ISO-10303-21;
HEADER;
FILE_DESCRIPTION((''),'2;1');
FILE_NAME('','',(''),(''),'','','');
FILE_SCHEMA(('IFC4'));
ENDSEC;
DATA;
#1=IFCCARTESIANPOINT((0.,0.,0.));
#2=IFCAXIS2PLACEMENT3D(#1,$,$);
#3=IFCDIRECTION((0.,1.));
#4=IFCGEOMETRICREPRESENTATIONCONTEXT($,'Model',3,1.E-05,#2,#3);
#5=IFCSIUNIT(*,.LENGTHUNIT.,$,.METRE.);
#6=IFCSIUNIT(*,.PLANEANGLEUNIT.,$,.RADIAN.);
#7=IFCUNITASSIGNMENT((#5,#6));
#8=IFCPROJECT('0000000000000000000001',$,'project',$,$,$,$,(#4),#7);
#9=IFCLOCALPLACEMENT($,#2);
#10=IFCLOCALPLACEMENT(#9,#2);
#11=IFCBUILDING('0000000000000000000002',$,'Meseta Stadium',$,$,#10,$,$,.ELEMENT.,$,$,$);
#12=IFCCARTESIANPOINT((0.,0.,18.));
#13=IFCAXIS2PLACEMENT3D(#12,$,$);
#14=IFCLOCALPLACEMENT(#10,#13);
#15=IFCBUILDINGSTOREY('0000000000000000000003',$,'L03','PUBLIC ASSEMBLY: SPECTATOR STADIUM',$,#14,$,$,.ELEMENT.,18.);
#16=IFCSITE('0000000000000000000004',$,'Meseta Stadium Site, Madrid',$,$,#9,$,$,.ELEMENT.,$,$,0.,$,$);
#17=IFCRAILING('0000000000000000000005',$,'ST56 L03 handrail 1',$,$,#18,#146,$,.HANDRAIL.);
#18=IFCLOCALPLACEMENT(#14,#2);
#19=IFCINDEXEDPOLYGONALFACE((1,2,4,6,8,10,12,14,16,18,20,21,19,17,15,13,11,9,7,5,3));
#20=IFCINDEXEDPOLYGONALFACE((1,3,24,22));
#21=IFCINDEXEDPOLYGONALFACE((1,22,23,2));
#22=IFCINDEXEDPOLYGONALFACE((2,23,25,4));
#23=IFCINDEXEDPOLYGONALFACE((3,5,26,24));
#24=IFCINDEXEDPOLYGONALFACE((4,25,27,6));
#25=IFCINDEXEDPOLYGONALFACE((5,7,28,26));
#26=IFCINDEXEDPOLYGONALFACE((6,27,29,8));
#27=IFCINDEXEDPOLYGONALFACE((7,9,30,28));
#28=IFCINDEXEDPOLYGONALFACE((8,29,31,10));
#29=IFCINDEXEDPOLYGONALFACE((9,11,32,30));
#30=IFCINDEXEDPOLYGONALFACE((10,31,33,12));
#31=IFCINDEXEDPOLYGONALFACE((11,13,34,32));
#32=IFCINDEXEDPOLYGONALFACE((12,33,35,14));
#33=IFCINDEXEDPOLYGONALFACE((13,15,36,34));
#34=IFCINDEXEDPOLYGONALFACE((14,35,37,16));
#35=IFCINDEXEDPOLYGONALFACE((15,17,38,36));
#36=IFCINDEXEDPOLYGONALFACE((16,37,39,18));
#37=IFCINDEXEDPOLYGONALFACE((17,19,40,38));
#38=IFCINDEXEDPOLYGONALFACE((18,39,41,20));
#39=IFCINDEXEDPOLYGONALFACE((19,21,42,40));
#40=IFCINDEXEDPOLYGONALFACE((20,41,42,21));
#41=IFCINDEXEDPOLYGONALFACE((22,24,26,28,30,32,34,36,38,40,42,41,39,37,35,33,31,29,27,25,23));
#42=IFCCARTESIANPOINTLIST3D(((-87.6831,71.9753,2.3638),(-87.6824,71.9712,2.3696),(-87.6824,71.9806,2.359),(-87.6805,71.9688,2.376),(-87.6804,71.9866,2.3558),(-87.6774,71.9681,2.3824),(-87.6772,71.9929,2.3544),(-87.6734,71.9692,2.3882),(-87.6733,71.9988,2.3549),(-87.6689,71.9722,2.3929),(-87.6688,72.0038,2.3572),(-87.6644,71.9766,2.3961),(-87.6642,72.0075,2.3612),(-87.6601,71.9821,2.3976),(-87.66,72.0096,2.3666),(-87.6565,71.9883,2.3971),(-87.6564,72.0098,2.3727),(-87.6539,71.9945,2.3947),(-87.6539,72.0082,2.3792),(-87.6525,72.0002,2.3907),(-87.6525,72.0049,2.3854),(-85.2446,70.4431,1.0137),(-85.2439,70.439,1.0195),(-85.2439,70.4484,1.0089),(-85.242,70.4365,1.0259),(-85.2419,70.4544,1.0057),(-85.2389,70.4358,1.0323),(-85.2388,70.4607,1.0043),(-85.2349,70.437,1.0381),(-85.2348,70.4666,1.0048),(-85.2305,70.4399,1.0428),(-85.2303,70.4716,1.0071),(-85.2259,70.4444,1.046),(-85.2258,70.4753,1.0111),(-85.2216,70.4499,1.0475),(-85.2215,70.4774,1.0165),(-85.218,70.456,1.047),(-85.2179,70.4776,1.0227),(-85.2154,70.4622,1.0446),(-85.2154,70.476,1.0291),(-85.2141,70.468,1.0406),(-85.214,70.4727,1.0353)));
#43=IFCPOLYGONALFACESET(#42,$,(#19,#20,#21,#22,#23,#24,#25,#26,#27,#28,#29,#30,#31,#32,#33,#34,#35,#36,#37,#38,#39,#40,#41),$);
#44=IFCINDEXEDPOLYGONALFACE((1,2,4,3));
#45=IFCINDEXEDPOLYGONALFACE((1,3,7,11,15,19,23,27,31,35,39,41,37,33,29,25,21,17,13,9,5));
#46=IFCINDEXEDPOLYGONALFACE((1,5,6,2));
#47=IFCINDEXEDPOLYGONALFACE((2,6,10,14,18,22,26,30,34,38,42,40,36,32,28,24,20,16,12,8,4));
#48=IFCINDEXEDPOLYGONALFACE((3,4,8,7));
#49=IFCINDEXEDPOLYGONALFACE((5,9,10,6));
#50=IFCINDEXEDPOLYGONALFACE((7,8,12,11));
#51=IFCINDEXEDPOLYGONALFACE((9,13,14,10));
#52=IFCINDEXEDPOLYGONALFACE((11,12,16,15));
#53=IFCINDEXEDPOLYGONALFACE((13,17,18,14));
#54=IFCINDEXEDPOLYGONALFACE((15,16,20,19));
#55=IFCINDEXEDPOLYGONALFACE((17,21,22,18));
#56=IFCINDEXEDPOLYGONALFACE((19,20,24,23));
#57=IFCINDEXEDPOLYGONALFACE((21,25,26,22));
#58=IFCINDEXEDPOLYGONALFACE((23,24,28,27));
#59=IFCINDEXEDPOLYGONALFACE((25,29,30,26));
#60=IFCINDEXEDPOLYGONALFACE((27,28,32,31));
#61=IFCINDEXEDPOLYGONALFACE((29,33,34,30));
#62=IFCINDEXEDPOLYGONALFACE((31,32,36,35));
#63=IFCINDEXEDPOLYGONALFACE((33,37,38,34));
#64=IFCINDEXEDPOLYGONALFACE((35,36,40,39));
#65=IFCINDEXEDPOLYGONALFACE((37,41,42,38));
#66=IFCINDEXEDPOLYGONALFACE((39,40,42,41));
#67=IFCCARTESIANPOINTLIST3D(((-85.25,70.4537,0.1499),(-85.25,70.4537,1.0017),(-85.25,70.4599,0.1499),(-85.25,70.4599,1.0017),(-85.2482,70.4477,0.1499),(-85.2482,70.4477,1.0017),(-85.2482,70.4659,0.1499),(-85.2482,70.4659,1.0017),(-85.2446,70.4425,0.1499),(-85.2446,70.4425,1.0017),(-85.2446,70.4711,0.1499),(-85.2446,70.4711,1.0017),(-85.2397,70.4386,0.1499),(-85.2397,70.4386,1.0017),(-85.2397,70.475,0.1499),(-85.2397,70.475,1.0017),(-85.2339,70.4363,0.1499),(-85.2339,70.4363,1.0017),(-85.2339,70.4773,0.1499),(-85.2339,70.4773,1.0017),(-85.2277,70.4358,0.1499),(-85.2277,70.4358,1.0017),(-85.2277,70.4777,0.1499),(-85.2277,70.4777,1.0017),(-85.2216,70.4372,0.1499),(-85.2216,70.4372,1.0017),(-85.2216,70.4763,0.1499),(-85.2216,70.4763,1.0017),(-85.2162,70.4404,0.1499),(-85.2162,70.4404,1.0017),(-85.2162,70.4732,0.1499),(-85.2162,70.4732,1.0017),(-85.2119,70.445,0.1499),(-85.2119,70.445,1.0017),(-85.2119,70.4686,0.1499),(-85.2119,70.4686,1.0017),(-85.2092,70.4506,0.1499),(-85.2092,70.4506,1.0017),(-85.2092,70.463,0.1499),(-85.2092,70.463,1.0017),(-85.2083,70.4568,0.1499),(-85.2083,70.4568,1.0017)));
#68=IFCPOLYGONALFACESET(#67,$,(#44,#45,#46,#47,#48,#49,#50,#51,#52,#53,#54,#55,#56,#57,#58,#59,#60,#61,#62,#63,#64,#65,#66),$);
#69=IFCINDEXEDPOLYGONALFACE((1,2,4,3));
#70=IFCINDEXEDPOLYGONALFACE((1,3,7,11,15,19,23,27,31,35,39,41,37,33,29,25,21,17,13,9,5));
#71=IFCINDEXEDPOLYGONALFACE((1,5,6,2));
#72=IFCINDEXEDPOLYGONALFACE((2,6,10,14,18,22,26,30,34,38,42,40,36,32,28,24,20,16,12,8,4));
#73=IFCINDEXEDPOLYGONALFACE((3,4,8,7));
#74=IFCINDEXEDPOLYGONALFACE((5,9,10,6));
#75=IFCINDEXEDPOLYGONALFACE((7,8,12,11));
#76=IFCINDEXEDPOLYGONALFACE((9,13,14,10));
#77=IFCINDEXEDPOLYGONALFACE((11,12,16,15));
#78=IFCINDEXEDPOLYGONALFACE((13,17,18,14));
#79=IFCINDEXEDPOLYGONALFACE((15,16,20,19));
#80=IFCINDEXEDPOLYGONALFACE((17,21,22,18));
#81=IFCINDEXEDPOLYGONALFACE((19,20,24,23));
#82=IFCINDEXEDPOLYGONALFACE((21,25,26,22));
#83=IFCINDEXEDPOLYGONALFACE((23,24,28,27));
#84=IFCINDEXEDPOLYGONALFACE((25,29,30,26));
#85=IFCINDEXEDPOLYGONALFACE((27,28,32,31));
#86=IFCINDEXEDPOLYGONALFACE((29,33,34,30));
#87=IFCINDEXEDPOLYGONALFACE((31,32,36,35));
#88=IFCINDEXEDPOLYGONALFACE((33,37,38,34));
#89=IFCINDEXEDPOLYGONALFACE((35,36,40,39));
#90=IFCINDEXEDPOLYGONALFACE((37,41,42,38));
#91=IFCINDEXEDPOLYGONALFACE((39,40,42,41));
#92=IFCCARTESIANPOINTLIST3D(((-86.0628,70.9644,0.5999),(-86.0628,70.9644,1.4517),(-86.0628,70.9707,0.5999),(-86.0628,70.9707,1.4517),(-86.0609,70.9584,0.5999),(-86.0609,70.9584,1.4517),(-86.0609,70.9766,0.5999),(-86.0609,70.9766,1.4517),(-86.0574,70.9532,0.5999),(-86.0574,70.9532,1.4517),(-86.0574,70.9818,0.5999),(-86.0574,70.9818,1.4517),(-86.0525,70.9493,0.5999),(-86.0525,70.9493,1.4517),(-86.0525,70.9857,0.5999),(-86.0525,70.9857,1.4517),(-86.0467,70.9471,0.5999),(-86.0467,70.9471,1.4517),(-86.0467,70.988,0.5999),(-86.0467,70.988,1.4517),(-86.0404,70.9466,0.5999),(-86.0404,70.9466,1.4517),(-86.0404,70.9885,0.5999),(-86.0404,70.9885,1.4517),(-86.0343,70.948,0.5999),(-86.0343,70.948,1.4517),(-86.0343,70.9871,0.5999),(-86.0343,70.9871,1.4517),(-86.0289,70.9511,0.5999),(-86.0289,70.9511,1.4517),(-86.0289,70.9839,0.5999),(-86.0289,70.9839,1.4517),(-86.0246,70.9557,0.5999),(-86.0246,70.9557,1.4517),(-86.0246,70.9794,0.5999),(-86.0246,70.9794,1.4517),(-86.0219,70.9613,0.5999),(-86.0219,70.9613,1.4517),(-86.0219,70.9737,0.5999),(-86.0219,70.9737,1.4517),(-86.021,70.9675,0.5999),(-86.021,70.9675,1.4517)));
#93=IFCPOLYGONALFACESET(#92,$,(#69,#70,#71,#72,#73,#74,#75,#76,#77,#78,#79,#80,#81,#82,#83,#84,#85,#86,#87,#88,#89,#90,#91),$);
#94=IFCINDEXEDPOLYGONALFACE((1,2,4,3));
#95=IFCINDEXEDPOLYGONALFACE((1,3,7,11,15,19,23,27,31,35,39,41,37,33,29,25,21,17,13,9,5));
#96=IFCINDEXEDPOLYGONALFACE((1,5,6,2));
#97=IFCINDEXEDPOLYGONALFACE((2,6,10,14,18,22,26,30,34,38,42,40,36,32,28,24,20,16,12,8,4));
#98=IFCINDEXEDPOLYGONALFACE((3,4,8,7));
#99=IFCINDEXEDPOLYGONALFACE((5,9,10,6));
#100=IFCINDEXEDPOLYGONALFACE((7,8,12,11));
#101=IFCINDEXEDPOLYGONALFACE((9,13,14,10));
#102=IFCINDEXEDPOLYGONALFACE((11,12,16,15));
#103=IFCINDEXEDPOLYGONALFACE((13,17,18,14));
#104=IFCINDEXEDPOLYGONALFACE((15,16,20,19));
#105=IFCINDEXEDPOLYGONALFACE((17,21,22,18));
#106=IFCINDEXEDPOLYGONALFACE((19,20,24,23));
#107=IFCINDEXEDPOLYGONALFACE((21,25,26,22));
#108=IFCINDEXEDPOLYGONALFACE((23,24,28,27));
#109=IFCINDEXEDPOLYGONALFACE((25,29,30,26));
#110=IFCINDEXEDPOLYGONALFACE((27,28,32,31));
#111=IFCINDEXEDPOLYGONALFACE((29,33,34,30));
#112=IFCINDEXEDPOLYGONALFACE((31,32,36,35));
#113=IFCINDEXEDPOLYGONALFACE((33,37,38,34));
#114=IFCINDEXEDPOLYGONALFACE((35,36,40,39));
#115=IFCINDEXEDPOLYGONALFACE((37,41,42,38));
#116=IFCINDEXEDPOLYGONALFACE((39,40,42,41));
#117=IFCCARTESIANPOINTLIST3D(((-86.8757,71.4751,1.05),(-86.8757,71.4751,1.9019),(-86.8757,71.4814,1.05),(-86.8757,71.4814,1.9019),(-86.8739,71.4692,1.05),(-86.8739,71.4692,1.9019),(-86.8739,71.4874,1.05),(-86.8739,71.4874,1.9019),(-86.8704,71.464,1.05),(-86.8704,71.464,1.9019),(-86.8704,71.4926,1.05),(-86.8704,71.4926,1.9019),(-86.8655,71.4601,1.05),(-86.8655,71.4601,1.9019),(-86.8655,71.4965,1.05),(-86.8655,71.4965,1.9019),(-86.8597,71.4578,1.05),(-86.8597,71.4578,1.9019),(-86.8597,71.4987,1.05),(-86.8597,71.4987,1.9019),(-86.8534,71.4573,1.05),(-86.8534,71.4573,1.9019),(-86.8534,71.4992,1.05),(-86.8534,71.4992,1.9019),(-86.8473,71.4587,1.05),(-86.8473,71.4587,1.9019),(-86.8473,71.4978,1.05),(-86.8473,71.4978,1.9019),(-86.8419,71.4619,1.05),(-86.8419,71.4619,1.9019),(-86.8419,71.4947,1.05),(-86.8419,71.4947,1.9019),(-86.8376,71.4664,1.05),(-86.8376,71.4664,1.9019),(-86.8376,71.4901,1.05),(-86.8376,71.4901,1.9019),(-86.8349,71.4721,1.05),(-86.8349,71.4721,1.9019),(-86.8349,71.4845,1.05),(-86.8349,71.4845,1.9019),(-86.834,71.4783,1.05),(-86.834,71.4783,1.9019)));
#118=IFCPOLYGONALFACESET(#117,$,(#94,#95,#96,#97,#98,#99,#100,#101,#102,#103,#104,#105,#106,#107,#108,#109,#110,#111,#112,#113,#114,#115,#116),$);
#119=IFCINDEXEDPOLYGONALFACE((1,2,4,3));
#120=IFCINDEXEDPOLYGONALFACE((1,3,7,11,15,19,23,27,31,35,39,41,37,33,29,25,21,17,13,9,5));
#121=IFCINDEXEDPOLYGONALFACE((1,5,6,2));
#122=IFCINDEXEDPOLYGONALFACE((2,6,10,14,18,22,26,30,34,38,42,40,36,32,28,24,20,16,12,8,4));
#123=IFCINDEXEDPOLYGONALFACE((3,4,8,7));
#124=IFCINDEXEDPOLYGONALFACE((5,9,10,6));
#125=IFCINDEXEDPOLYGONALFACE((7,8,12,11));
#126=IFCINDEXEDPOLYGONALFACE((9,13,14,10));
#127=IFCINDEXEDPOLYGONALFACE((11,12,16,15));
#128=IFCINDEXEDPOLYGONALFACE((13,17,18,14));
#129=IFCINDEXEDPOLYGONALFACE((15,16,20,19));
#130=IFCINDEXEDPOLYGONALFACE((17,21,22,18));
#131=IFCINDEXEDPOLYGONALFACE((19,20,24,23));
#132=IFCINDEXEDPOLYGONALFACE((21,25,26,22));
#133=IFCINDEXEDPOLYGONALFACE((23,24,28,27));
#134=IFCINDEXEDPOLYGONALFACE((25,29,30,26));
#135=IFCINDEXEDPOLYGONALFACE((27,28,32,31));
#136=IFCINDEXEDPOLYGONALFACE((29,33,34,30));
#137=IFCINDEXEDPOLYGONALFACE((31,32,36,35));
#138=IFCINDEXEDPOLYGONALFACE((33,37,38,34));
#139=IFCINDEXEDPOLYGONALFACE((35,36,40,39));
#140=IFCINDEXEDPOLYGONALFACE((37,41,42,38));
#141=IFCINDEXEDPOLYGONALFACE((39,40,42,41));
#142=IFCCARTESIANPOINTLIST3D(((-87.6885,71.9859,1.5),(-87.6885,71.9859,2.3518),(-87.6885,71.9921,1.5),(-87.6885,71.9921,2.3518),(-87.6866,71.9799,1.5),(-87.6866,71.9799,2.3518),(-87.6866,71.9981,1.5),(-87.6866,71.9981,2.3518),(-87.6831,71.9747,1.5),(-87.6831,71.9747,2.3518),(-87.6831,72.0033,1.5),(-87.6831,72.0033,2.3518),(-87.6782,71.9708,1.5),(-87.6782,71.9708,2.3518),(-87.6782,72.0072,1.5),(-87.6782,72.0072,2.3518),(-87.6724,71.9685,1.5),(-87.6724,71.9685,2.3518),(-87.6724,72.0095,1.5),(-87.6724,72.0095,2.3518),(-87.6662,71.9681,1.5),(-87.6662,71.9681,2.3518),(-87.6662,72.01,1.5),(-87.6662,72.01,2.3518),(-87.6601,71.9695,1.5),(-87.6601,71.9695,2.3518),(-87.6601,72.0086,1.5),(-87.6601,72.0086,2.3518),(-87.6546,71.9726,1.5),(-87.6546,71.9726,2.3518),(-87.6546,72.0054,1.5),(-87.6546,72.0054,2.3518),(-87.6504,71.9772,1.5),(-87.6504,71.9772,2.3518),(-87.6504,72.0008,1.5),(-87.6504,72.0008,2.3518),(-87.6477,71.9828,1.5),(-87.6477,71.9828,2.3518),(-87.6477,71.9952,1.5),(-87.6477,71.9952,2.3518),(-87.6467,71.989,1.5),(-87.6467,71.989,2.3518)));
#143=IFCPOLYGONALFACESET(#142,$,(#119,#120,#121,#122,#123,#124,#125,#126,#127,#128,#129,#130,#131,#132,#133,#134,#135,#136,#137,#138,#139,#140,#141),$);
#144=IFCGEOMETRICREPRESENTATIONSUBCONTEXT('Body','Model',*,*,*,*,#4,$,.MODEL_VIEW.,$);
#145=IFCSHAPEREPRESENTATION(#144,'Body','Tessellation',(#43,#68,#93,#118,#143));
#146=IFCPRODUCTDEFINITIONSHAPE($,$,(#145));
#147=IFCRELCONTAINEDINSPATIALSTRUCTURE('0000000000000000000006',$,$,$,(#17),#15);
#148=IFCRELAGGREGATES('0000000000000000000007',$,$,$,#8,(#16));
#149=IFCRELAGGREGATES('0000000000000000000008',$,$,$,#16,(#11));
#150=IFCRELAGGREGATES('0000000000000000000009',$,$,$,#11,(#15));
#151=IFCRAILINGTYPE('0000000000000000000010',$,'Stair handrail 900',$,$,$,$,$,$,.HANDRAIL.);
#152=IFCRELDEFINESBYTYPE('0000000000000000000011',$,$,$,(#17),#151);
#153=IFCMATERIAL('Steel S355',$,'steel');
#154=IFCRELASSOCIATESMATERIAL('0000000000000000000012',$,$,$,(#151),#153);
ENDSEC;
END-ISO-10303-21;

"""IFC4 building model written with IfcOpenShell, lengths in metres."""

from ifc_helpers import new_model, si_unit, direction, frame, origin, origin_2d, place, context, subcontext, project, spatial, circle, extrude, material, type_object, element, save


model = new_model("IFC4")

# Units and contexts
model_context = context("Model", 3, precision=1e-05, world=origin(), true_north=direction((0.0, 1.0)))
body_context = subcontext(model_context, "Body", "Model", "MODEL_VIEW")
ifc_project = project(units=[si_unit("LENGTHUNIT", "METRE"), si_unit("PLANEANGLEUNIT", "RADIAN")], contexts=[model_context])

# Site, building, storey
site_placement = place(None, origin())
site = spatial("IfcSite", under=ifc_project, at=site_placement, Name="Meseta Stadium Site, Madrid", CompositionType="ELEMENT", RefElevation=0.0)
building_placement = place(site_placement, origin())
building = spatial("IfcBuilding", under=site, at=building_placement, Name="Meseta Stadium", CompositionType="ELEMENT")
storey_placement = place(building_placement, frame((0.0, 0.0, 18.0)))
storey = spatial("IfcBuildingStorey", under=building, at=storey_placement, Name="L03", Description="PUBLIC ASSEMBLY: SPECTATOR STADIUM", CompositionType="ELEMENT", Elevation=18.0)

# Railing
ifc_material_1 = material(Name="Steel S355", Category="steel")
railing_type_1 = type_object("IfcRailingType", Name="Stair handrail 900", PredefinedType="HANDRAIL", material=ifc_material_1)
for number, where, name in (
    (1, (-85.2292, 70.4568, 0.1499), "ST56 L03 handrail 1"),
):
    element("IfcRailing", number, at=place(storey_placement, frame(where)), inside=storey, type_object=railing_type_1, Name=name, PredefinedType="HANDRAIL", context=body_context, shape_type="SweptSolid", body=[
        extrude(circle(Radius=0.0239, at=origin_2d()), frame((0.0, 0.0, 0.876), z_axis=(-0.766655, 0.481731, 0.42447), x_axis=(-0.53204, -0.846719, 0.0)), (0.0, 0.0, 1.0), 3.1807),
        extrude(circle(Radius=0.021, at=origin_2d()), origin(), (0.0, 0.0, 1.0), 0.8518),
        extrude(circle(Radius=0.021, at=origin_2d()), frame((-0.8127, 0.5107, 0.45)), (0.0, 0.0, 1.0), 0.8518),
        extrude(circle(Radius=0.021, at=origin_2d()), frame((-1.6257, 1.0215, 0.9001)), (0.0, 0.0, 1.0), 0.8518),
        extrude(circle(Radius=0.021, at=origin_2d()), frame((-2.4385, 1.5322, 1.3501)), (0.0, 0.0, 1.0), 0.8518),
    ])

save(model, "model.ifc")
